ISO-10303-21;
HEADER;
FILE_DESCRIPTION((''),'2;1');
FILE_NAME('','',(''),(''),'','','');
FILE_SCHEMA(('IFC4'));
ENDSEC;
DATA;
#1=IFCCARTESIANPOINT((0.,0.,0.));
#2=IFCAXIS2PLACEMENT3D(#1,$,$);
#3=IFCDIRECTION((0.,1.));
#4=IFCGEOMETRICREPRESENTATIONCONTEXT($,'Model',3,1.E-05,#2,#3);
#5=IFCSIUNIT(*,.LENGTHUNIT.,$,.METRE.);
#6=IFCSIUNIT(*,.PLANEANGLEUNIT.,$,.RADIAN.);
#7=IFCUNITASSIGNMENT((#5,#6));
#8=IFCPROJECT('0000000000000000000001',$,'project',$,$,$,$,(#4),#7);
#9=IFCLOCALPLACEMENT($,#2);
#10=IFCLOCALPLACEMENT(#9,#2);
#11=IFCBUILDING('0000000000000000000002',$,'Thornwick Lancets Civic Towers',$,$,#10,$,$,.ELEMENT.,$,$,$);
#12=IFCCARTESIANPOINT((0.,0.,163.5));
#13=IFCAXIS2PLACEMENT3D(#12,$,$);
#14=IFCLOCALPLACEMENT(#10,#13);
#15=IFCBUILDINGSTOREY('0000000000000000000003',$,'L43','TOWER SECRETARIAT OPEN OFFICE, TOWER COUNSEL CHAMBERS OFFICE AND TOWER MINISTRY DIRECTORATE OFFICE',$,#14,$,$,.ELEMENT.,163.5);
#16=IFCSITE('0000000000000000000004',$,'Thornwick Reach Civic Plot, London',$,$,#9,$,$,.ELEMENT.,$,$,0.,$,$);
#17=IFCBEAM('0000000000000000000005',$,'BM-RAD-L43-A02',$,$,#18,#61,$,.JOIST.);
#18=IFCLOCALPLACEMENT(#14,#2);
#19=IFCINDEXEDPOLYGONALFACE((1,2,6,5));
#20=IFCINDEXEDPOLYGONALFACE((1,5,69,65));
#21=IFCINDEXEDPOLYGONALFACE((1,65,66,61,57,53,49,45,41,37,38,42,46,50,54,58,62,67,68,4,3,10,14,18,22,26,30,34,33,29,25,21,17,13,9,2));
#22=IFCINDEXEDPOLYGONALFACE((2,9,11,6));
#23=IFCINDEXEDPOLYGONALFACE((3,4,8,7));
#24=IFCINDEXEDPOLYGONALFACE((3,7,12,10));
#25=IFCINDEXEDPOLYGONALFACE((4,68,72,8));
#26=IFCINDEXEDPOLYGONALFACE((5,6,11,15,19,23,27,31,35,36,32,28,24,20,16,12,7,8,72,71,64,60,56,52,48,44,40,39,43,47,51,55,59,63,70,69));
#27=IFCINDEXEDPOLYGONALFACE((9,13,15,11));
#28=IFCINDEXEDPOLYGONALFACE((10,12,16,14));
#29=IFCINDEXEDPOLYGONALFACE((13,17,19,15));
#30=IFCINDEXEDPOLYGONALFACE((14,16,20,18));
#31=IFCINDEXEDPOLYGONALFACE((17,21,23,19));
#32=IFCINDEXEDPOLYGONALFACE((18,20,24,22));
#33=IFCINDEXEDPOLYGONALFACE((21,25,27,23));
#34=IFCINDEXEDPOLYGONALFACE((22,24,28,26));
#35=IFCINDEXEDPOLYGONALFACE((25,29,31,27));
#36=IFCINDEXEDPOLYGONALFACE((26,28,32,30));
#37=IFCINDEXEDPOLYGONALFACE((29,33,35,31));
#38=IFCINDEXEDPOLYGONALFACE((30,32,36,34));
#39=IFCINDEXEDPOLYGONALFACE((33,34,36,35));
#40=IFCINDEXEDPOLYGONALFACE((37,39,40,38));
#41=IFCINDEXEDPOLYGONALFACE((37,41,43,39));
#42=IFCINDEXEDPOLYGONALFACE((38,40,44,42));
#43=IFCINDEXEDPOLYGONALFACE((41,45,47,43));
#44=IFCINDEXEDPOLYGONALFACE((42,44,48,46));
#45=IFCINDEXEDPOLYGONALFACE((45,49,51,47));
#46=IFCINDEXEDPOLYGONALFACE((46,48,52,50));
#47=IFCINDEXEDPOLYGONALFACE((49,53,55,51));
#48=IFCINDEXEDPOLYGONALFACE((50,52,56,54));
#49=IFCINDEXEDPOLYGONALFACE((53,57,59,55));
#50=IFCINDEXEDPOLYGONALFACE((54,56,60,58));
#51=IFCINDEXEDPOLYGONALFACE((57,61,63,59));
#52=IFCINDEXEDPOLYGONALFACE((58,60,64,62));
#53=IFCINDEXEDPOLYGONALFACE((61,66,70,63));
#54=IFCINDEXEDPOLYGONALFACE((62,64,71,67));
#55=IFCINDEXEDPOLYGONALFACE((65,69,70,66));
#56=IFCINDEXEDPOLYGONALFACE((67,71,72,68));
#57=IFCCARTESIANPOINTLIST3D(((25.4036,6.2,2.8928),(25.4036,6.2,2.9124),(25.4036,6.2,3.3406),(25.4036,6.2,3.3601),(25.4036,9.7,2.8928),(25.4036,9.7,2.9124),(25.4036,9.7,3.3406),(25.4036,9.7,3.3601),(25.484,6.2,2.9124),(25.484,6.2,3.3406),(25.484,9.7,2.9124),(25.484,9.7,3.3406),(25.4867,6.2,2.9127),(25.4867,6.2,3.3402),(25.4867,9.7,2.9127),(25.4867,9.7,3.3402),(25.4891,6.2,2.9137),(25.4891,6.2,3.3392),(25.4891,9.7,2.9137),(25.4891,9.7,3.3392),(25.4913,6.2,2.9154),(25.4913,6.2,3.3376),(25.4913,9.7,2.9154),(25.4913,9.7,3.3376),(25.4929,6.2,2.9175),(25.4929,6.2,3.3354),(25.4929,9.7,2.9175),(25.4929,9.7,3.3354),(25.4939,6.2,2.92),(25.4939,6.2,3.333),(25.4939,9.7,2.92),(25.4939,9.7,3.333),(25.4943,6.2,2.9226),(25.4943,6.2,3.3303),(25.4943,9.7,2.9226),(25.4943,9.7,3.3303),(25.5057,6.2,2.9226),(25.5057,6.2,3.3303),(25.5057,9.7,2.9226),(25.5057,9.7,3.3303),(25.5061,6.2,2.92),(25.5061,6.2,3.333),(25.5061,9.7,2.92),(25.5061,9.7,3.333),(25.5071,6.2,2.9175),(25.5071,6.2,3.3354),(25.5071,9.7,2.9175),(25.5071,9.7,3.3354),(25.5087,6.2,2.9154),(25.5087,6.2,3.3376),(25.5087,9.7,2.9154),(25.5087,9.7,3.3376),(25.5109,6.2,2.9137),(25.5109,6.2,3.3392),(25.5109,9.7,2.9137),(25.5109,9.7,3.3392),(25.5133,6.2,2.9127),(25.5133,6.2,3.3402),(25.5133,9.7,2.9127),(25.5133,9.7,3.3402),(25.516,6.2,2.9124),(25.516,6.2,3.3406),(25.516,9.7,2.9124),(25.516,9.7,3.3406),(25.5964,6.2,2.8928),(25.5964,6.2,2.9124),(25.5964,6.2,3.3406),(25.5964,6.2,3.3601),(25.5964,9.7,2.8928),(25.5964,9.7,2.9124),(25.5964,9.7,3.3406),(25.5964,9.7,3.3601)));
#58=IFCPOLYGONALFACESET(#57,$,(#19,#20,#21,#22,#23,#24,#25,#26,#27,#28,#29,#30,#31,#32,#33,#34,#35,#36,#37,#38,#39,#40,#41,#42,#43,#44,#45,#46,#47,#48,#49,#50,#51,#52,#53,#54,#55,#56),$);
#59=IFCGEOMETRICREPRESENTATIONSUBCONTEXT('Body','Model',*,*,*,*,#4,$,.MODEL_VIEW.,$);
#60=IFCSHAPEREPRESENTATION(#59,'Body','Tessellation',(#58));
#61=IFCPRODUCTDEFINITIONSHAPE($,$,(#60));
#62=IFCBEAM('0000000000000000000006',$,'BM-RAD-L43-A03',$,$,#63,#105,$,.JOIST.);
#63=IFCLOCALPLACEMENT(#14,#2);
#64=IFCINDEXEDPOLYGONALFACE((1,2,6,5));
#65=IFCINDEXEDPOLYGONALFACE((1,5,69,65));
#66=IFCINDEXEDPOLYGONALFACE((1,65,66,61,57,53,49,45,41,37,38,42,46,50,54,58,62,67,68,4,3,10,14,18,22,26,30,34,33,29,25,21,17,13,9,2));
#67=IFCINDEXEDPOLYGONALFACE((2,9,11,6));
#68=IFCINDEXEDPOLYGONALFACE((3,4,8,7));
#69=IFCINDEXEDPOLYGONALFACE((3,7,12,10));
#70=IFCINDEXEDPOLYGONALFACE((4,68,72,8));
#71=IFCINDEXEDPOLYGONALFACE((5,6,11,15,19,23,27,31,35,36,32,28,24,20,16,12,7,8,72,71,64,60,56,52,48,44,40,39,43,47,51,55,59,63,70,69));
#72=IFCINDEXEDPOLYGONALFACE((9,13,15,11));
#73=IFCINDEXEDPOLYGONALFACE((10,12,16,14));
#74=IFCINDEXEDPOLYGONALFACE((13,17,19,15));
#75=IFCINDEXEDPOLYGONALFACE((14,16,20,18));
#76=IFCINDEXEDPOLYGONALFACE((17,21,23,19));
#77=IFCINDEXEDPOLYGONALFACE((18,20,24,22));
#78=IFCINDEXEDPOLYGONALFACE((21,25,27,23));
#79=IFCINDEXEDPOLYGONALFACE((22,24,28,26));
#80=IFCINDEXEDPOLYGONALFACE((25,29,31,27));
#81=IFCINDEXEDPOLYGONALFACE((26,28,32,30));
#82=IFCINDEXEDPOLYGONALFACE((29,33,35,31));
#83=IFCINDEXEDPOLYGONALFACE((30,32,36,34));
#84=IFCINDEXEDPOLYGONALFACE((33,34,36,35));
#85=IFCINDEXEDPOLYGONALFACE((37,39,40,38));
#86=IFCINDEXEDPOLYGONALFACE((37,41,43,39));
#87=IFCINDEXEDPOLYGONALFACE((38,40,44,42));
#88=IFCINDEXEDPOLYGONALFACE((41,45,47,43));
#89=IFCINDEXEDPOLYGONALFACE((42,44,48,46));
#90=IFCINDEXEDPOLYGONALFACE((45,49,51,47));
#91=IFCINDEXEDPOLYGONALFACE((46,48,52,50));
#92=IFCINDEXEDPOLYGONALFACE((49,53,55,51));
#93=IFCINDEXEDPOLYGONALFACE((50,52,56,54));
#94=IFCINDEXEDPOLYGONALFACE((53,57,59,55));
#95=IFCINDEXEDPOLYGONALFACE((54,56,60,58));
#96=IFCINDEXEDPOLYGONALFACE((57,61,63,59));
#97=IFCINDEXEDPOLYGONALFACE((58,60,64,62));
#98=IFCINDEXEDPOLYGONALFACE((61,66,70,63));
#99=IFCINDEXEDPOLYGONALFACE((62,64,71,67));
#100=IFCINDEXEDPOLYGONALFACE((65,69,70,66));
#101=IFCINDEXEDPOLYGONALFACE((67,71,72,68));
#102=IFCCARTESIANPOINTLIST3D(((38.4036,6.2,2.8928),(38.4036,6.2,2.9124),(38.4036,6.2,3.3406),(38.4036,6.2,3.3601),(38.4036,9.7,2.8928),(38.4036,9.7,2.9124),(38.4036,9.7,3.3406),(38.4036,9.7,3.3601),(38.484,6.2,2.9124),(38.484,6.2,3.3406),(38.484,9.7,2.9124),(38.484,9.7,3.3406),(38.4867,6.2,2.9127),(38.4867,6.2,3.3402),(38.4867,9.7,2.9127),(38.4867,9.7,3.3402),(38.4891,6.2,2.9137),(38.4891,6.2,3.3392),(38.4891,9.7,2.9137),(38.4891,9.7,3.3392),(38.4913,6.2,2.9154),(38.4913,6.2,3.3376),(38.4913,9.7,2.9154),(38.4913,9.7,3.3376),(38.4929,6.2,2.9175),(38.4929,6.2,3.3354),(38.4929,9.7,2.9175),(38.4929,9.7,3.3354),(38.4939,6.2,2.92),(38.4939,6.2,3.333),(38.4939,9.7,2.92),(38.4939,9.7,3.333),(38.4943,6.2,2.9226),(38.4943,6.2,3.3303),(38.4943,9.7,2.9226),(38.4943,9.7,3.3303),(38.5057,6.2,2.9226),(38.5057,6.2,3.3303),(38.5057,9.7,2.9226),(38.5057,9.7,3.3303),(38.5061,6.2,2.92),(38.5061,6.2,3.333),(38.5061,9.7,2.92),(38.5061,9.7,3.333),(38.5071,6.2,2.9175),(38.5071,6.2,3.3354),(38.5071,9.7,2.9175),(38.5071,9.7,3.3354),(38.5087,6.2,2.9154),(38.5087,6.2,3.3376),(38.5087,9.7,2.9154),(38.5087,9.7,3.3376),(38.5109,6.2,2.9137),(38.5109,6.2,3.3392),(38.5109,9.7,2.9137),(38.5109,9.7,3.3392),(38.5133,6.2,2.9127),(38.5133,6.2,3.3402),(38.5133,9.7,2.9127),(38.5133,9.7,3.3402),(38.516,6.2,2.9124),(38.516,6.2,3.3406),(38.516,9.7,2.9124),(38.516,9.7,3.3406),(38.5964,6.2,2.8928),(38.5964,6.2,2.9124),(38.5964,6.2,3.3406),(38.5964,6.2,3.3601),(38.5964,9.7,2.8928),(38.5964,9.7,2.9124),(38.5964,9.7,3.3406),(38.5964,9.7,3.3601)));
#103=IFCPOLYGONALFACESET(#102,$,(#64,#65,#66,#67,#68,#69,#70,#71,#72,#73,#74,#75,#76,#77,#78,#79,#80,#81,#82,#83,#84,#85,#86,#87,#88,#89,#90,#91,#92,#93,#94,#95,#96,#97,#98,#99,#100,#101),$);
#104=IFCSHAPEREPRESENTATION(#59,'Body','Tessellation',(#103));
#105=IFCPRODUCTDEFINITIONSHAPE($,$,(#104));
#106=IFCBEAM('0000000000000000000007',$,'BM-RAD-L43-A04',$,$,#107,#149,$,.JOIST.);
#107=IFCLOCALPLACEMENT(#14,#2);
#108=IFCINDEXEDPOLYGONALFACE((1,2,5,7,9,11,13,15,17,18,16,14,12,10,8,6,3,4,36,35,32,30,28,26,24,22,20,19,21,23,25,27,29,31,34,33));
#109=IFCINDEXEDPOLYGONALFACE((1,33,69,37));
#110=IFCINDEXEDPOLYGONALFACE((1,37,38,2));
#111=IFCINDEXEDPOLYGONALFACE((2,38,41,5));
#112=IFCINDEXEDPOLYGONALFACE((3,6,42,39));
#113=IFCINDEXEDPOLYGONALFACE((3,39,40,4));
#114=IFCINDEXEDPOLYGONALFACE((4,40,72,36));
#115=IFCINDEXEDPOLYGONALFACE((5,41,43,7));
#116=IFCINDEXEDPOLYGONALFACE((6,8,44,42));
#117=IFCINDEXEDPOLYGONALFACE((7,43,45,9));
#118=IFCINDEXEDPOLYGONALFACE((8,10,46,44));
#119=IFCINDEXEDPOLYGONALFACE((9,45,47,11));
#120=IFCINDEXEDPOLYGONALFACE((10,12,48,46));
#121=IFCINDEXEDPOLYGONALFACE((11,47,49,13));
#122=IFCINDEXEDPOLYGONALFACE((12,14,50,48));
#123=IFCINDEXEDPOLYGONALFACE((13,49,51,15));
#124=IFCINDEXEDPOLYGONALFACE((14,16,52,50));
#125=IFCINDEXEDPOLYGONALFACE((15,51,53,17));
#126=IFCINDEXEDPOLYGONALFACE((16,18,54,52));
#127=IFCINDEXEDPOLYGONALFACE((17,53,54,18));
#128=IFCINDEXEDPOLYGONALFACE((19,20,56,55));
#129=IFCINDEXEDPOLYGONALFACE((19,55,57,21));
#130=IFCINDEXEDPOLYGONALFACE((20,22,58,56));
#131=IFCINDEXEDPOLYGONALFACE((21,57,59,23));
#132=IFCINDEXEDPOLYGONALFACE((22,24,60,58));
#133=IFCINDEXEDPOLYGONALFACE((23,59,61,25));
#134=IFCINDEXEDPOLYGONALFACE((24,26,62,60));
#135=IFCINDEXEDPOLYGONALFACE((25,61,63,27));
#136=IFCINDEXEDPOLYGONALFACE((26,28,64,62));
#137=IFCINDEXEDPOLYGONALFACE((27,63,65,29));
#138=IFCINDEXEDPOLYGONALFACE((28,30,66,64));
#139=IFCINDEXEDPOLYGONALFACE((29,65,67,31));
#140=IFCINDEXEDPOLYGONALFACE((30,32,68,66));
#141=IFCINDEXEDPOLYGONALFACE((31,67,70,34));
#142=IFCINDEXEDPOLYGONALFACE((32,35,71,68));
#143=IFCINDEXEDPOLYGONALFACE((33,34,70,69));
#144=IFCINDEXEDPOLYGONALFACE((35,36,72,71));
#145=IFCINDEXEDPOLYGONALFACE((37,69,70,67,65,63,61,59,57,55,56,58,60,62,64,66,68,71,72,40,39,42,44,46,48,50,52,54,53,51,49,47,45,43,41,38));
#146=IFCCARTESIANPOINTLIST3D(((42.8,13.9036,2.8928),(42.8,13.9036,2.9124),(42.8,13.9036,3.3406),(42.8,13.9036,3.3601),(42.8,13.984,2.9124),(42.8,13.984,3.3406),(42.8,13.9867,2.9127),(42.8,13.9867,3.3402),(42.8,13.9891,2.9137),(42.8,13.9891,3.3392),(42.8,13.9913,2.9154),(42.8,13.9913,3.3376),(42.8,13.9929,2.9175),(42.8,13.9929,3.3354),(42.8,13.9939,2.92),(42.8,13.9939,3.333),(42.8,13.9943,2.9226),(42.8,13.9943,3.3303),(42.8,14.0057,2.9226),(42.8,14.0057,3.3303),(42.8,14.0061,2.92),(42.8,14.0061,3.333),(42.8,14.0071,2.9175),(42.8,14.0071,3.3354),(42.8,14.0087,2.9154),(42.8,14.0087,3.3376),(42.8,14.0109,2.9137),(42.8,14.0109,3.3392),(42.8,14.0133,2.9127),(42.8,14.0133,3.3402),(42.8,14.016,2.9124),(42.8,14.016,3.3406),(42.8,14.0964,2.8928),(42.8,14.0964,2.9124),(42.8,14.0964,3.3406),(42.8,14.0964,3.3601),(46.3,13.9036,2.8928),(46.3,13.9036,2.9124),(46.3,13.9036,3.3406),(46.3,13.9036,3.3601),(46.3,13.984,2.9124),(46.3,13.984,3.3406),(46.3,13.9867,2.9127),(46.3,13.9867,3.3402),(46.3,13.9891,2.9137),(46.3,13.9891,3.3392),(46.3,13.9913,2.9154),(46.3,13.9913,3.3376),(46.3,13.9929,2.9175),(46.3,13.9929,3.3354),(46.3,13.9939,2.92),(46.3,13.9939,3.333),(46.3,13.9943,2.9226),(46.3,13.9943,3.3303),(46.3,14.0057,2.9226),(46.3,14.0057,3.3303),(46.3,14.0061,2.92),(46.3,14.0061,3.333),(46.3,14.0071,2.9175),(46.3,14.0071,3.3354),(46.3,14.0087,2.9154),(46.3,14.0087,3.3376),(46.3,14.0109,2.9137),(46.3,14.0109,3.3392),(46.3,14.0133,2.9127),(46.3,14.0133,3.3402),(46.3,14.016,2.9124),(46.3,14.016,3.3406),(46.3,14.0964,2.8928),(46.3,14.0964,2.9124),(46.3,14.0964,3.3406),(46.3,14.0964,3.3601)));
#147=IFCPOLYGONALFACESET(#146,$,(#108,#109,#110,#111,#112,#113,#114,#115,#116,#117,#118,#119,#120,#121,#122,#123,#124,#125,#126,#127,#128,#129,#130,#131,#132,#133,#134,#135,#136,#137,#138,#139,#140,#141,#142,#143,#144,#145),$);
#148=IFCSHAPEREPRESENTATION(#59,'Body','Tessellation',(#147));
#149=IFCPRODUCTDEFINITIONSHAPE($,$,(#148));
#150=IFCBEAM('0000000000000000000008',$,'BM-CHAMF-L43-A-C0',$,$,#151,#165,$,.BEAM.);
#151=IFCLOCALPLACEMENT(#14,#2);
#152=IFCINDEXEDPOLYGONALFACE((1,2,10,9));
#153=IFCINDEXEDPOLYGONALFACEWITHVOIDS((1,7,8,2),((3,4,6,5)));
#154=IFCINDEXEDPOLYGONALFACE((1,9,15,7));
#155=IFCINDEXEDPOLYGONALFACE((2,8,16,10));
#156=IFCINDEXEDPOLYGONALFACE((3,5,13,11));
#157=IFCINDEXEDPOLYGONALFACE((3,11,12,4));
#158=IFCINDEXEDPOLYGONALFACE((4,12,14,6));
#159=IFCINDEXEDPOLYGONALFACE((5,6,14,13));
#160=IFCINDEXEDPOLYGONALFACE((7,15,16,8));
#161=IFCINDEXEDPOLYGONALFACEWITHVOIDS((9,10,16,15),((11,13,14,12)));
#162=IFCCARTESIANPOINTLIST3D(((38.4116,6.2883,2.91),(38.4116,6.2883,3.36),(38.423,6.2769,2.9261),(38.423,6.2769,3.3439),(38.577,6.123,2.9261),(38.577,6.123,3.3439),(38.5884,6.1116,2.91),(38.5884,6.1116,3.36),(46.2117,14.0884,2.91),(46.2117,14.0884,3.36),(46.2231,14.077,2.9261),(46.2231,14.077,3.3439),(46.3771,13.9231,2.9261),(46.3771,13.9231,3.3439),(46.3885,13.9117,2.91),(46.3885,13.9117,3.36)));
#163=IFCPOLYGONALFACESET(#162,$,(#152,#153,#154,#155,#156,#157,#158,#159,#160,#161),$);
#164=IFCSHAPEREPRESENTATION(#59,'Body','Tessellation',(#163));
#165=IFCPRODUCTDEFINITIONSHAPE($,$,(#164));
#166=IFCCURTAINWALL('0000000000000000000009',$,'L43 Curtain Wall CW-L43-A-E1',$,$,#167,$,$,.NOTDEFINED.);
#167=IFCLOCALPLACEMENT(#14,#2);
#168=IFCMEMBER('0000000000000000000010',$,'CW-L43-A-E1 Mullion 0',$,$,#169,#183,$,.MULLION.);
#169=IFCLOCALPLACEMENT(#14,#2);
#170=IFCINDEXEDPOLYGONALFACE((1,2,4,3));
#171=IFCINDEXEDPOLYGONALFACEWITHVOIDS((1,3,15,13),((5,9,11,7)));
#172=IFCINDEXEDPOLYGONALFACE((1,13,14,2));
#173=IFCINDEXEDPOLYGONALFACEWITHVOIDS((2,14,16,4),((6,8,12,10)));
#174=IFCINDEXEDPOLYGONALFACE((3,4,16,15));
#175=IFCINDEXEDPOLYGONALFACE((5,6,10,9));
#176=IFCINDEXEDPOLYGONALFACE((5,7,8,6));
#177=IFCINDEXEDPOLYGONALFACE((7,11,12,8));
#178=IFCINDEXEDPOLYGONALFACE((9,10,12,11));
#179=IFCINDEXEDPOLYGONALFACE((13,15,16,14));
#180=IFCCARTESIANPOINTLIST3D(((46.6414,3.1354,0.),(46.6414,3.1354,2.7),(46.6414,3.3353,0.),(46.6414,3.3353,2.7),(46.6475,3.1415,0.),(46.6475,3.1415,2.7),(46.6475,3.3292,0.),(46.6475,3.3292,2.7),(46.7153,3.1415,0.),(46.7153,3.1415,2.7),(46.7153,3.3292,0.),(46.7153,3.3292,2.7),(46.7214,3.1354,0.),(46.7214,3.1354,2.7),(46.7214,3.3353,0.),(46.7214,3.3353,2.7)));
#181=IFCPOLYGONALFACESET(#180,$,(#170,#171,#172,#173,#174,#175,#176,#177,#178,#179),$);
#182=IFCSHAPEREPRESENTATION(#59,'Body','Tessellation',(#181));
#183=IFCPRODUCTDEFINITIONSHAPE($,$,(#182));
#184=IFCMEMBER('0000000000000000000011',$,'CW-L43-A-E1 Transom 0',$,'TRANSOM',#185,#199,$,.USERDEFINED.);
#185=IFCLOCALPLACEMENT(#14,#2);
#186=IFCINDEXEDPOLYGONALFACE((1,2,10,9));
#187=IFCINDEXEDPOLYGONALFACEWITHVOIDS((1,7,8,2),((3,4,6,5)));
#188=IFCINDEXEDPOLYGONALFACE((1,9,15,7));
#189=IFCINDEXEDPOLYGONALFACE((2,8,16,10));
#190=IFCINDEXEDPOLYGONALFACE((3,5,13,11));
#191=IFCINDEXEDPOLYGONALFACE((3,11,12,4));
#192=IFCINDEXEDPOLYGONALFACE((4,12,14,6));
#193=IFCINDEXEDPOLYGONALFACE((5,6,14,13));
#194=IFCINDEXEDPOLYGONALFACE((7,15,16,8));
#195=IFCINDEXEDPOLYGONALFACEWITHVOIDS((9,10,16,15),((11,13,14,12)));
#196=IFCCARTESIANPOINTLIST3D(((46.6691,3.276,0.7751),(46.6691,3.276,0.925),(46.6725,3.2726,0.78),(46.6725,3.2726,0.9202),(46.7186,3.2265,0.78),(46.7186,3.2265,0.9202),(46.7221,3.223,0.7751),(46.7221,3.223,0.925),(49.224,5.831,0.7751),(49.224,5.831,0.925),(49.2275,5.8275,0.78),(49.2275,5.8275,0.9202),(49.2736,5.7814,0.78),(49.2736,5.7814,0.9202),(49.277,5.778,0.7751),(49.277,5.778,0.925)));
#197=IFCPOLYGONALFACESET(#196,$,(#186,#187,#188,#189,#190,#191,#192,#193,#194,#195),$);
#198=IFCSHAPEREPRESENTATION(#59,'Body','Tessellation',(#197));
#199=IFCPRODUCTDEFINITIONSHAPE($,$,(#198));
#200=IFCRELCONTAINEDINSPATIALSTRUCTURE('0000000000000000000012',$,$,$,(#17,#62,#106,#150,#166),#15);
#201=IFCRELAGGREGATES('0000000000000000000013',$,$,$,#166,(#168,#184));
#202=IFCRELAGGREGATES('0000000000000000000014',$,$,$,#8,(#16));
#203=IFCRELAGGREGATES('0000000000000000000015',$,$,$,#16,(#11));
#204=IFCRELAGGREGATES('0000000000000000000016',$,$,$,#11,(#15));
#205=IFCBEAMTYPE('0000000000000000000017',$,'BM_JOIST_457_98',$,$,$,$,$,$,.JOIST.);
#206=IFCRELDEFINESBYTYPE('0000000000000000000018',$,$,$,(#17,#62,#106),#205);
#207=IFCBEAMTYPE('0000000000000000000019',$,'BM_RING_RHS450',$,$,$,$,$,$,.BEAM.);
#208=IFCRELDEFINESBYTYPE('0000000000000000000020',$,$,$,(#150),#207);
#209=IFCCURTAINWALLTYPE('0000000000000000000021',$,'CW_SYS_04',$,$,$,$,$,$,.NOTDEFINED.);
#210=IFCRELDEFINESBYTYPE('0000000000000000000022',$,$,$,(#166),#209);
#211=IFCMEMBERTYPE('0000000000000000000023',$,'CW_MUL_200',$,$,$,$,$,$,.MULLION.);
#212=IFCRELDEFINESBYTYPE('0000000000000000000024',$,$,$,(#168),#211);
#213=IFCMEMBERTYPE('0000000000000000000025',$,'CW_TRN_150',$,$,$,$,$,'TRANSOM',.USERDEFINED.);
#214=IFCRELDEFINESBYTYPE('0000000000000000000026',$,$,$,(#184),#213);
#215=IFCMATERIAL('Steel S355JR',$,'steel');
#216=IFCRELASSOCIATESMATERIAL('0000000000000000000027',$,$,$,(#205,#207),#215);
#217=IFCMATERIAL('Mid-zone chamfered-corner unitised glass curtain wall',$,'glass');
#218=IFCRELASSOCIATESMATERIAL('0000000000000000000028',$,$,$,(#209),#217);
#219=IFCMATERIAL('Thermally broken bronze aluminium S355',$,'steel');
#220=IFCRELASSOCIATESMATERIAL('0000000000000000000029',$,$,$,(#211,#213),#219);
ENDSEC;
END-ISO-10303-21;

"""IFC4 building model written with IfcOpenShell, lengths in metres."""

from ifc_helpers import new_model, si_unit, direction, frame, origin, origin_2d, place, context, subcontext, project, spatial, hollow_rectangle, i_section, extrude, material, material_profile, profile_set, type_object, element, aggregate, save


model = new_model("IFC4")

# Units and contexts
model_context = context("Model", 3, precision=1e-05, world=origin(), true_north=direction((0.0, 1.0)))
body_context = subcontext(model_context, "Body", "Model", "MODEL_VIEW")
ifc_project = project(units=[si_unit("LENGTHUNIT", "METRE"), si_unit("PLANEANGLEUNIT", "RADIAN")], contexts=[model_context])

# Site, building, storey
site_placement = place(None, origin())
site = spatial("IfcSite", under=ifc_project, at=site_placement, Name="Thornwick Reach Civic Plot, London", CompositionType="ELEMENT", RefElevation=0.0)
building_placement = place(site_placement, origin())
building = spatial("IfcBuilding", under=site, at=building_placement, Name="Thornwick Lancets Civic Towers", CompositionType="ELEMENT")
storey_placement = place(building_placement, frame((0.0, 0.0, 163.5)))
storey = spatial("IfcBuildingStorey", under=building, at=storey_placement, Name="L43", Description="TOWER SECRETARIAT OPEN OFFICE, TOWER COUNSEL CHAMBERS OFFICE AND TOWER MINISTRY DIRECTORATE OFFICE", CompositionType="ELEMENT", Elevation=163.5)

# Beams
ifc_material_1 = material(Name="Steel S355JR", Category="steel")
ifc_material_profile_1 = material_profile(ifc_material_1, i_section(OverallWidth=0.1929, OverallDepth=0.4673, WebThickness=0.0115, FlangeThickness=0.0195, FilletRadius=0.0103, at=origin_2d()), Name="UKB 457x191x98")
ifc_profile_set_1 = profile_set([ifc_material_profile_1], Name="Steel S355JR")
beam_type_1 = type_object("IfcBeamType", Name="BM_JOIST_457_98", PredefinedType="JOIST", material=ifc_profile_set_1)
for number, where, z_axis, x_axis, name in (
    (1, (25.5, 9.7, 3.1265), (0.0, -1.0, 0.0), (1.0, 0.0, 0.0), "BM-RAD-L43-A02"),
    (2, (38.5, 9.7, 3.1265), (0.0, -1.0, 0.0), (1.0, 0.0, 0.0), "BM-RAD-L43-A03"),
    (3, (42.8, 14.0, 3.1265), (1.0, 0.0, 0.0), (0.0, 1.0, 0.0), "BM-RAD-L43-A04"),
):
    element("IfcBeam", number, at=place(storey_placement, frame(where, z_axis=z_axis, x_axis=x_axis)), inside=storey, type_object=beam_type_1, Name=name, PredefinedType="JOIST", context=body_context, shape_type="SweptSolid", body=[
        extrude(i_section(OverallWidth=0.1929, OverallDepth=0.4673, WebThickness=0.0115, FlangeThickness=0.0195, FilletRadius=0.0103, at=origin_2d()), origin(), (0.0, 0.0, 1.0), 3.5),
    ])
ifc_material_profile_2 = material_profile(ifc_material_1, hollow_rectangle(XDim=0.25, YDim=0.45, WallThickness=0.0161, at=origin_2d()), Name="RHS 450x250x16")
ifc_profile_set_2 = profile_set([ifc_material_profile_2], Name="Steel S355JR")
beam_type_2 = type_object("IfcBeamType", Name="BM_RING_RHS450", PredefinedType="BEAM", material=ifc_profile_set_2)
beam_1_placement = place(storey_placement, frame((38.5, 6.2, 3.135), z_axis=(0.707107, 0.707107, 0.0), x_axis=(-0.707107, 0.707107, 0.0)))
element("IfcBeam", 4, at=beam_1_placement, inside=storey, type_object=beam_type_2, Name="BM-CHAMF-L43-A-C0", PredefinedType="BEAM", context=body_context, shape_type="SweptSolid", body=[
    extrude(hollow_rectangle(XDim=0.25, YDim=0.45, WallThickness=0.0161, at=origin_2d()), origin(), (0.0, 0.0, 1.0), 11.031),
])

# Curtain wall, members
ifc_material_2 = material(Name="Mid-zone chamfered-corner unitised glass curtain wall", Category="glass")
curtain_wall_type = type_object("IfcCurtainWallType", Name="CW_SYS_04", PredefinedType="NOTDEFINED", material=ifc_material_2)
curtain_wall_placement = place(storey_placement, origin())
curtain_wall = element("IfcCurtainWall", 5, at=curtain_wall_placement, inside=storey, type_object=curtain_wall_type, Name="L43 Curtain Wall CW-L43-A-E1", PredefinedType="NOTDEFINED")
ifc_material_3 = material(Name="Thermally broken bronze aluminium S355", Category="steel")
ifc_material_profile_3 = material_profile(ifc_material_3, hollow_rectangle(XDim=0.0801, YDim=0.2, WallThickness=0.0061, at=origin_2d()), Name="RHS 200x80x6")
ifc_profile_set_3 = profile_set([ifc_material_profile_3], Name="Thermally broken bronze aluminium S355")
member_type_1 = type_object("IfcMemberType", Name="CW_MUL_200", PredefinedType="MULLION", material=ifc_profile_set_3)
member_1_placement = place(storey_placement, frame((46.6814, 3.2354, 0.0), z_axis=(0.0, 0.0, 1.0), x_axis=(1.0, 0.0, 0.0)))
member_1 = element("IfcMember", 6, at=member_1_placement, type_object=member_type_1, Name="CW-L43-A-E1 Mullion 0", PredefinedType="MULLION", context=body_context, shape_type="SweptSolid", body=[
    extrude(hollow_rectangle(XDim=0.0801, YDim=0.2, WallThickness=0.0061, at=origin_2d()), origin(), (0.0, 0.0, 1.0), 2.7),
])
ifc_material_profile_4 = material_profile(ifc_material_3, hollow_rectangle(XDim=0.075, YDim=0.1499, WallThickness=0.0049, at=origin_2d()), Name="RHS 150x75x5")
ifc_profile_set_4 = profile_set([ifc_material_profile_4], Name="Thermally broken bronze aluminium S355")
member_type_2 = type_object("IfcMemberType", Name="CW_TRN_150", ElementType="TRANSOM", PredefinedType="USERDEFINED", material=ifc_profile_set_4)
member_2_placement = place(storey_placement, frame((46.6956, 3.2495, 0.8501), z_axis=(0.707107, 0.707107, 0.0), x_axis=(-0.707107, 0.707107, 0.0)))
member_2 = element("IfcMember", 7, at=member_2_placement, type_object=member_type_2, Name="CW-L43-A-E1 Transom 0", ObjectType="TRANSOM", PredefinedType="USERDEFINED", context=body_context, shape_type="SweptSolid", body=[
    extrude(hollow_rectangle(XDim=0.075, YDim=0.1499, WallThickness=0.0049, at=origin_2d()), origin(), (0.0, 0.0, 1.0), 3.6133),
])
aggregate(curtain_wall, [member_1, member_2])

save(model, "model.ifc")
